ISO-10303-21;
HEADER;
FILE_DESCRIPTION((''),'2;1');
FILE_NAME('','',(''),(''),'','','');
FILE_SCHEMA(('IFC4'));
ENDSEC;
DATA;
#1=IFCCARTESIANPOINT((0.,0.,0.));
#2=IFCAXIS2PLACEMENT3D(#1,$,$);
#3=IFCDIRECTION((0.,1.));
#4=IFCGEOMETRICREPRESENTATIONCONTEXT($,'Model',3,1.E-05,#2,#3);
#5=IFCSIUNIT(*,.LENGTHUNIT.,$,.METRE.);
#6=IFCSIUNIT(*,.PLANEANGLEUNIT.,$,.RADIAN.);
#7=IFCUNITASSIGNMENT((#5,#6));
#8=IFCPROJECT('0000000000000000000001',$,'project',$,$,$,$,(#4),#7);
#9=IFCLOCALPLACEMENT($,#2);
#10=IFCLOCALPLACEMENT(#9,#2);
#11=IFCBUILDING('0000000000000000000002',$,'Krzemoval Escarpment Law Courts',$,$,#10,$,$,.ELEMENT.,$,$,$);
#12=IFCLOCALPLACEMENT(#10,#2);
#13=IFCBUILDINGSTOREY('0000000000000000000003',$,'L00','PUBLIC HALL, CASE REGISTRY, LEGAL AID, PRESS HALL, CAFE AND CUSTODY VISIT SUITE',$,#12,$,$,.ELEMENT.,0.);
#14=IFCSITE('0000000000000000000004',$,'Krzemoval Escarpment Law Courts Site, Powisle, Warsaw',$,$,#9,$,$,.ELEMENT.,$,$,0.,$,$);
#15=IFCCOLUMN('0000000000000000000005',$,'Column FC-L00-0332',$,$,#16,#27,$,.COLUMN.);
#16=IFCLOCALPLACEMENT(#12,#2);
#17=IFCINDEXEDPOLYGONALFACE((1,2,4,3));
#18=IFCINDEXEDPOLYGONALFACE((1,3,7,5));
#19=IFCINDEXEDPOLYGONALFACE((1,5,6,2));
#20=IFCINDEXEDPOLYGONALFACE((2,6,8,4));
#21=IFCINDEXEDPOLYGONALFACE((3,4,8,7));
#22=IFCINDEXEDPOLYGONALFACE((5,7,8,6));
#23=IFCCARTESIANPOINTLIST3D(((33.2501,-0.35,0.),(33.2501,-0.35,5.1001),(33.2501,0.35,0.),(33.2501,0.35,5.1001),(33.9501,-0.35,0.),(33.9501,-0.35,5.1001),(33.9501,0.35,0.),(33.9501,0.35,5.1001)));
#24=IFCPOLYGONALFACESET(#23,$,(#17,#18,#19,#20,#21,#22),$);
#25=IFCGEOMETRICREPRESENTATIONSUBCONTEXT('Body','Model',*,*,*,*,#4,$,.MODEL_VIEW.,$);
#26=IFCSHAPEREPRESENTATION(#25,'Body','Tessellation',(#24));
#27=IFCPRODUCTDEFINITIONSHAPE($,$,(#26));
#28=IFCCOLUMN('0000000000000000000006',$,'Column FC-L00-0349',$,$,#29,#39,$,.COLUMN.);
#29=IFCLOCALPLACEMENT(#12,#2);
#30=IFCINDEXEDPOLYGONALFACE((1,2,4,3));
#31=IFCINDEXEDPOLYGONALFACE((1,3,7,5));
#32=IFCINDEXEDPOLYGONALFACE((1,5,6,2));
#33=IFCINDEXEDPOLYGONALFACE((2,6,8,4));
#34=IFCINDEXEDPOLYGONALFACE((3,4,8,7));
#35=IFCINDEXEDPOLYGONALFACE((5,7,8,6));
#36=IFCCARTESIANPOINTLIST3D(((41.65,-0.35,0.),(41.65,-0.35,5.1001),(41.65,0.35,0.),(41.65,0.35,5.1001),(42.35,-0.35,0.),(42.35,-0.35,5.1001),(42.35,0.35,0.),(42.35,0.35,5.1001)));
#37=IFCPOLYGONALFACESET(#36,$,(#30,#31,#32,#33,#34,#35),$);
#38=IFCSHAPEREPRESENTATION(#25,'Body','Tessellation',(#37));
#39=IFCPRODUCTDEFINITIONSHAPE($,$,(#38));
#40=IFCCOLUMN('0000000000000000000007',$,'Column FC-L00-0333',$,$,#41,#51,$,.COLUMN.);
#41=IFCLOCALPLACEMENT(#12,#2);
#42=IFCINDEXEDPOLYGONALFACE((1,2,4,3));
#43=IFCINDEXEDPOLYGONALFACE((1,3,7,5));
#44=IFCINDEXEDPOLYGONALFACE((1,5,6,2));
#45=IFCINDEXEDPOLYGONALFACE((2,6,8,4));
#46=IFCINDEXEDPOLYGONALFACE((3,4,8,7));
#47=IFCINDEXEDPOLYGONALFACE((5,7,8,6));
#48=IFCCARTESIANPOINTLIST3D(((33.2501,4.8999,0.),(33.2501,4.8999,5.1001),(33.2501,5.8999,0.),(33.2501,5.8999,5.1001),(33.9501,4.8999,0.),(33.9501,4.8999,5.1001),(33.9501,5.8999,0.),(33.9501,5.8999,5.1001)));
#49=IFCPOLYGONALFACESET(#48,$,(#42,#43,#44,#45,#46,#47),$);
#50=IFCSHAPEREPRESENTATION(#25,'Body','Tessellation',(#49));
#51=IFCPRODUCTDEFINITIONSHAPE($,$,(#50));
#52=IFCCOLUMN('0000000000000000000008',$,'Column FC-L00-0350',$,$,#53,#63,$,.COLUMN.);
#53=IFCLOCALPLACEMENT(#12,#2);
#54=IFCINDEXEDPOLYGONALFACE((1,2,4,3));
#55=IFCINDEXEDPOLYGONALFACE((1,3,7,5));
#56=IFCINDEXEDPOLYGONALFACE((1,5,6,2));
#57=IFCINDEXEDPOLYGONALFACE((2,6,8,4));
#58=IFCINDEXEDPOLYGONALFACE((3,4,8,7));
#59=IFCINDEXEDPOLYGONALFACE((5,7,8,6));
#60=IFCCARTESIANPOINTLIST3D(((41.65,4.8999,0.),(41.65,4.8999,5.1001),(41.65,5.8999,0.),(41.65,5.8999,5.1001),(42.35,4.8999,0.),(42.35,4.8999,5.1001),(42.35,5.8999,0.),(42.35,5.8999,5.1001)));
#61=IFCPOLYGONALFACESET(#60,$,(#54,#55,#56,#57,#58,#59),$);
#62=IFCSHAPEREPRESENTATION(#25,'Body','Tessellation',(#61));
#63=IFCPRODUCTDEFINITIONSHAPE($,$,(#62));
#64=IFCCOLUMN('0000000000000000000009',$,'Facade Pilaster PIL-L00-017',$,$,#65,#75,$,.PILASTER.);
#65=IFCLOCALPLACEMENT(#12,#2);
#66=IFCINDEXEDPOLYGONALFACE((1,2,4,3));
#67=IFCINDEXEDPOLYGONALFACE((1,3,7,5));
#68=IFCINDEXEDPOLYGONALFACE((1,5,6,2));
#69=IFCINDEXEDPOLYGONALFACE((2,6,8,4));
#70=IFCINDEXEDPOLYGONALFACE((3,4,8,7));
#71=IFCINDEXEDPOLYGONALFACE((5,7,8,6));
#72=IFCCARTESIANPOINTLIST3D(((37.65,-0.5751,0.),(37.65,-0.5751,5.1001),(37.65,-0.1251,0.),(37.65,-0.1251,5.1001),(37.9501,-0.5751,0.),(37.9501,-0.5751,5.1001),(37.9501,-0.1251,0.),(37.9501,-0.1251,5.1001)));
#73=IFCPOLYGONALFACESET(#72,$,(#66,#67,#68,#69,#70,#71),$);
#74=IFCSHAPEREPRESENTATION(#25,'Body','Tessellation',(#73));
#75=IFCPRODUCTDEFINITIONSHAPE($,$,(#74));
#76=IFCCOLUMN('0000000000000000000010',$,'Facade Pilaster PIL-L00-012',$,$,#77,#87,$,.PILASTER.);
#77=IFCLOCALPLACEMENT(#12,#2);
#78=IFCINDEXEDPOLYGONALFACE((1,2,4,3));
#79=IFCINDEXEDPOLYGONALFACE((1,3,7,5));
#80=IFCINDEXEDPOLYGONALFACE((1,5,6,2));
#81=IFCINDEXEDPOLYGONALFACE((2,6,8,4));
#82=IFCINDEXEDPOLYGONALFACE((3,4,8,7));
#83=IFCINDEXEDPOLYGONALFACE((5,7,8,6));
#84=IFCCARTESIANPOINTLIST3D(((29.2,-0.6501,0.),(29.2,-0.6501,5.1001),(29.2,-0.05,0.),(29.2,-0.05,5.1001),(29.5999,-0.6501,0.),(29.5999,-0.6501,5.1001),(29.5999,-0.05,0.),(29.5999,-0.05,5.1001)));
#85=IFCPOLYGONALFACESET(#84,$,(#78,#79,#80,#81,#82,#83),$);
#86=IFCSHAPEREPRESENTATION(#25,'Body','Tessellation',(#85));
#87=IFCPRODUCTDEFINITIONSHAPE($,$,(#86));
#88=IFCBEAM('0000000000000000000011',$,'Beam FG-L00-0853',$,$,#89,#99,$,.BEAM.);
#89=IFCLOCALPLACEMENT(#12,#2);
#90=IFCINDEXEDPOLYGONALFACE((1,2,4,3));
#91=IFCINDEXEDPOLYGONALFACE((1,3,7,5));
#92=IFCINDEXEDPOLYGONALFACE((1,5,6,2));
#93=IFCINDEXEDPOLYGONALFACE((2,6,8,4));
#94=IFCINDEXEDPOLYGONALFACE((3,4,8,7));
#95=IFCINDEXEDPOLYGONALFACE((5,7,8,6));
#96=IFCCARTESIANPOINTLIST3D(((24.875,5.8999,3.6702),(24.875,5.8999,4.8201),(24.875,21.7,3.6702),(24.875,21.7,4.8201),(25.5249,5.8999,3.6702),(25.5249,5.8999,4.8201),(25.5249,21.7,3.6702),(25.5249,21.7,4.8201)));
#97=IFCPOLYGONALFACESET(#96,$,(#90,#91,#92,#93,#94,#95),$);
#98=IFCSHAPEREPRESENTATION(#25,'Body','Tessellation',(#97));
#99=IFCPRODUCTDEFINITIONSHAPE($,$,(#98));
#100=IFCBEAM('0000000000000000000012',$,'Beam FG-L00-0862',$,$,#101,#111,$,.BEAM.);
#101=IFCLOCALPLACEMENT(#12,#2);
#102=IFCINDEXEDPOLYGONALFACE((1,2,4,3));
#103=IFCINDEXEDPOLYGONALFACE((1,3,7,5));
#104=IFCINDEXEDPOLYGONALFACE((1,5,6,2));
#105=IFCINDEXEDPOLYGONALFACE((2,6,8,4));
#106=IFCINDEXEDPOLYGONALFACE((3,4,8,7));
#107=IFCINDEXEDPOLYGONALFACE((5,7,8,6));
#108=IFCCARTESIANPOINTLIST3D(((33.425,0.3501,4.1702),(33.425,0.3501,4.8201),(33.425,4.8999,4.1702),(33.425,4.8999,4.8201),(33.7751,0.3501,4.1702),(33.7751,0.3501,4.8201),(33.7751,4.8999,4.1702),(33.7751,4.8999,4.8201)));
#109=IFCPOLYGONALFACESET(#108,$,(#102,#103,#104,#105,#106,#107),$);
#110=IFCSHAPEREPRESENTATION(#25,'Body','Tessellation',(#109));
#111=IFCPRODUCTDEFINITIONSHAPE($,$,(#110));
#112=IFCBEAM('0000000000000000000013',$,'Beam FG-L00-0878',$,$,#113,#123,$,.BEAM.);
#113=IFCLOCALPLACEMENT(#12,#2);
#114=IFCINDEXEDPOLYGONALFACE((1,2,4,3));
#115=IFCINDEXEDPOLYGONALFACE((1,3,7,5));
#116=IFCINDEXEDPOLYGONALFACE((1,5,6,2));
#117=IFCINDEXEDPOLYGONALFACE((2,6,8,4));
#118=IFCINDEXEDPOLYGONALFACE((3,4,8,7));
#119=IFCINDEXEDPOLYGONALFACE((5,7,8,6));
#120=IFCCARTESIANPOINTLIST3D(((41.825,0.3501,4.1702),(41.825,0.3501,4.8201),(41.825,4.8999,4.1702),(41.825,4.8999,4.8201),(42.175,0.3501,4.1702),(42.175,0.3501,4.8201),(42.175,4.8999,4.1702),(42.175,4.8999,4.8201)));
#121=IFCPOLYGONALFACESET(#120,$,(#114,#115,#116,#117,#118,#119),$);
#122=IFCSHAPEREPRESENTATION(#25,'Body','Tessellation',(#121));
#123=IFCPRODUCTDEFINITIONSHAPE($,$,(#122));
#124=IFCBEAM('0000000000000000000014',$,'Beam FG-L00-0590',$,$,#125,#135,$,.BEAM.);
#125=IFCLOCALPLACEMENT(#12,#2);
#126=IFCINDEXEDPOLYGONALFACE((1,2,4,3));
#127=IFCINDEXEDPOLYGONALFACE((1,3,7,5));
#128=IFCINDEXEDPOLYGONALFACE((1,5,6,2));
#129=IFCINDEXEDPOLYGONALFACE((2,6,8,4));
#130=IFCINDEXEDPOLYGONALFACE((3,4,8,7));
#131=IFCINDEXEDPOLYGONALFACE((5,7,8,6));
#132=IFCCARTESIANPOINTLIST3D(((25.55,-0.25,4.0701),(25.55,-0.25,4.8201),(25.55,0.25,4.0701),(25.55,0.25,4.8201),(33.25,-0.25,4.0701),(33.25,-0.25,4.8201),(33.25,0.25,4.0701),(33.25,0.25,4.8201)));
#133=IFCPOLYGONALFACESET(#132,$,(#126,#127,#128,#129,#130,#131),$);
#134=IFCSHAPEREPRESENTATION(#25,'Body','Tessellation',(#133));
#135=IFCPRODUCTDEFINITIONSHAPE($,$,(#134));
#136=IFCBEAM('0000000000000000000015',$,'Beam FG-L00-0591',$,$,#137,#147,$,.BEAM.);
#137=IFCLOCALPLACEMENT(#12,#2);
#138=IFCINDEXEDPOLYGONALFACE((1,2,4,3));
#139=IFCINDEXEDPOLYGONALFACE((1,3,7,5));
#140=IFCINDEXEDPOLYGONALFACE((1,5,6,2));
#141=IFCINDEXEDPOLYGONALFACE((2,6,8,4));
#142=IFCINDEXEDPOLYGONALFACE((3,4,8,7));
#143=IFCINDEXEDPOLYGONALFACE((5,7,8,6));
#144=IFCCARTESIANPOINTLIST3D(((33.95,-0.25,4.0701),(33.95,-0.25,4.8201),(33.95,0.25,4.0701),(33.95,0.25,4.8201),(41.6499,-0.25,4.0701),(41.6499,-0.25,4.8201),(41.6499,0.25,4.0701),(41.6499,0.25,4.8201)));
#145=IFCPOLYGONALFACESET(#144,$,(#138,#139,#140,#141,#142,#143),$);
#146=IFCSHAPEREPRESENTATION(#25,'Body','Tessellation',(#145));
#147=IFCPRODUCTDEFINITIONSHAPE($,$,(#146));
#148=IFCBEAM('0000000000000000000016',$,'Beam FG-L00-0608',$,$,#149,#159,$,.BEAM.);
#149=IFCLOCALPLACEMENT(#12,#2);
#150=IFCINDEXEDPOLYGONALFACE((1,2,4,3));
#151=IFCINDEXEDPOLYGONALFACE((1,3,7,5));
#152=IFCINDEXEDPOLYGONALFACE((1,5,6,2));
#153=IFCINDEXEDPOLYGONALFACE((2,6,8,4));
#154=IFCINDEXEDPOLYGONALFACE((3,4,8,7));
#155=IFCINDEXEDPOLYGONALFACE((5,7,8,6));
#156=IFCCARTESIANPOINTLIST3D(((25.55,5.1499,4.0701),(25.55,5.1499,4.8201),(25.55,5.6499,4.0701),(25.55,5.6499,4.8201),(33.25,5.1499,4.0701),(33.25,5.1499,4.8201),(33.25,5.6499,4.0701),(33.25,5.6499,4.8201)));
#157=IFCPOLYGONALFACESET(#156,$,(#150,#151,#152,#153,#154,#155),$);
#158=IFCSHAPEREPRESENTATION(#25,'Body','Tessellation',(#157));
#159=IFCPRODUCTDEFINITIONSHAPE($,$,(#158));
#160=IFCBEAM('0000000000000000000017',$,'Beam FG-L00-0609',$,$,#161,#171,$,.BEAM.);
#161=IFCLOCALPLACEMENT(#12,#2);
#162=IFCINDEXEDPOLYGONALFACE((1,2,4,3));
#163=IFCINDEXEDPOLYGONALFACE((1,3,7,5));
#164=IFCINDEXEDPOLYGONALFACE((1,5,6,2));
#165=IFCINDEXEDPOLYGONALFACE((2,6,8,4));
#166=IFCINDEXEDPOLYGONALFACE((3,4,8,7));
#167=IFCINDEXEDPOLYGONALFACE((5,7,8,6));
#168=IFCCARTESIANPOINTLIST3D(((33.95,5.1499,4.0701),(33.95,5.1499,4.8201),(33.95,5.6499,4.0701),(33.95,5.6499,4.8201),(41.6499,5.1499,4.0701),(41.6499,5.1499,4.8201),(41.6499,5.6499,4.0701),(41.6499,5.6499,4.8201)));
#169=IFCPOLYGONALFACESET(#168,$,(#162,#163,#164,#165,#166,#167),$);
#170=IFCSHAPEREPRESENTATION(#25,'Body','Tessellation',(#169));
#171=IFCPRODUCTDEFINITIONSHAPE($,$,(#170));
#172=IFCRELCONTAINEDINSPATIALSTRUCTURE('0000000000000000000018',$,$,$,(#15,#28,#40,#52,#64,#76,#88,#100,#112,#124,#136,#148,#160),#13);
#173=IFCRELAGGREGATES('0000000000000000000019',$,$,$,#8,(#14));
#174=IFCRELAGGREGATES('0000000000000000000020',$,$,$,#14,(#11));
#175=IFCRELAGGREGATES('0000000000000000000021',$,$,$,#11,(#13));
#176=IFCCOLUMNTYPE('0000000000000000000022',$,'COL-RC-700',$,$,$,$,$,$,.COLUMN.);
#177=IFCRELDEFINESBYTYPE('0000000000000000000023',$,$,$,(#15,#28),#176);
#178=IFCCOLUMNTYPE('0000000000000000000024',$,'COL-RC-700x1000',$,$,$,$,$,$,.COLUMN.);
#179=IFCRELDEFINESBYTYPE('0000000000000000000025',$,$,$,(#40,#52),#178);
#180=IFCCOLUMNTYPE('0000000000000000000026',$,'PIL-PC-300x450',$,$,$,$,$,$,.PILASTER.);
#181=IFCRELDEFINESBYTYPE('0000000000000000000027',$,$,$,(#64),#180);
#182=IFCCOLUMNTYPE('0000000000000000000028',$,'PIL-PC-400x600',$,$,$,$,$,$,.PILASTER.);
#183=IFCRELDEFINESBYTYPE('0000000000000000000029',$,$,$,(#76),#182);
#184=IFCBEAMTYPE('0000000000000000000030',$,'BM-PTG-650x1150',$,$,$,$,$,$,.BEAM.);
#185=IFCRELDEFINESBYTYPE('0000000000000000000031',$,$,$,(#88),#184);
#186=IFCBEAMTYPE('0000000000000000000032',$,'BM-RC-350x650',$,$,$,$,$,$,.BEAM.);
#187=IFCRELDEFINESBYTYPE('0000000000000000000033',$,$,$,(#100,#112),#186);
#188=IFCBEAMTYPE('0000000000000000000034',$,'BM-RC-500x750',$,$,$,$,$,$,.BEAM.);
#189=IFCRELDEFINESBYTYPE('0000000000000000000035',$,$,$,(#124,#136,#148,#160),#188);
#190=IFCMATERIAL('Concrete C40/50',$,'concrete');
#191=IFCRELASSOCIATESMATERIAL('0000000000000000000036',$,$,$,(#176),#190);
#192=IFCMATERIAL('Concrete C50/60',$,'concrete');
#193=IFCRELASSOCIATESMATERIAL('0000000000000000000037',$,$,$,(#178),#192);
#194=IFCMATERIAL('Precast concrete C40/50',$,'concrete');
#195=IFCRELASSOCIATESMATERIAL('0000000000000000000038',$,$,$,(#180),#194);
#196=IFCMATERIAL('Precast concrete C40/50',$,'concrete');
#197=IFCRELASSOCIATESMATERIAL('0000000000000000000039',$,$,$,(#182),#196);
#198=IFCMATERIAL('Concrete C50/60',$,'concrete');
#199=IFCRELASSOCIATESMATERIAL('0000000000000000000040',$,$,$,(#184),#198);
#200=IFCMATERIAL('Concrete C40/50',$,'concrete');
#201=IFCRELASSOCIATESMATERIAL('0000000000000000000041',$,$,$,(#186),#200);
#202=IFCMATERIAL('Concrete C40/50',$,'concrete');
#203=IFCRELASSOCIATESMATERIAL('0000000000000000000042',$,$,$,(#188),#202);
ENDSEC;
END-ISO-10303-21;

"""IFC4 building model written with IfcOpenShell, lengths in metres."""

from ifc_helpers import new_model, si_unit, direction, frame, origin, origin_2d, place, context, subcontext, project, spatial, rectangle, extrude, material, material_profile, profile_set, type_object, element, save


model = new_model("IFC4")

# Units and contexts
model_context = context("Model", 3, precision=1e-05, world=origin(), true_north=direction((0.0, 1.0)))
body_context = subcontext(model_context, "Body", "Model", "MODEL_VIEW")
ifc_project = project(units=[si_unit("LENGTHUNIT", "METRE"), si_unit("PLANEANGLEUNIT", "RADIAN")], contexts=[model_context])

# Site, building, storey
site_placement = place(None, origin())
site = spatial("IfcSite", under=ifc_project, at=site_placement, Name="Krzemoval Escarpment Law Courts Site, Powisle, Warsaw", CompositionType="ELEMENT", RefElevation=0.0)
building_placement = place(site_placement, origin())
building = spatial("IfcBuilding", under=site, at=building_placement, Name="Krzemoval Escarpment Law Courts", CompositionType="ELEMENT")
storey_placement = place(building_placement, origin())
storey = spatial("IfcBuildingStorey", under=building, at=storey_placement, Name="L00", Description="PUBLIC HALL, CASE REGISTRY, LEGAL AID, PRESS HALL, CAFE AND CUSTODY VISIT SUITE", CompositionType="ELEMENT", Elevation=0.0)

# Columns
ifc_material_1 = material(Name="Concrete C40/50", Category="concrete")
ifc_material_profile_1 = material_profile(ifc_material_1, rectangle(XDim=0.7, YDim=0.7, at=origin_2d()), Name="RC 700x700")
ifc_profile_set_1 = profile_set([ifc_material_profile_1], Name="Concrete C40/50")
column_type_1 = type_object("IfcColumnType", Name="COL-RC-700", PredefinedType="COLUMN", material=ifc_profile_set_1)
for number, where, z_axis, x_axis, name in (
    (1, (33.6001, 0.0, 0.0), (0.0, 0.0, 1.0), (1.0, 0.0, 0.0), "Column FC-L00-0332"),
    (2, (42.0, 0.0, 0.0), (0.0, 0.0, 1.0), (1.0, 0.0, 0.0), "Column FC-L00-0349"),
):
    element("IfcColumn", number, at=place(storey_placement, frame(where, z_axis=z_axis, x_axis=x_axis)), inside=storey, type_object=column_type_1, Name=name, PredefinedType="COLUMN", context=body_context, shape_type="SweptSolid", body=[
        extrude(rectangle(XDim=0.7, YDim=0.7, at=origin_2d()), origin(), (0.0, 0.0, 1.0), 5.1001),
    ])
ifc_material_2 = material(Name="Concrete C50/60", Category="concrete")
ifc_material_profile_2 = material_profile(ifc_material_2, rectangle(XDim=0.7, YDim=1.0, at=origin_2d()), Name="RC 700x1000")
ifc_profile_set_2 = profile_set([ifc_material_profile_2], Name="Concrete C50/60")
column_type_2 = type_object("IfcColumnType", Name="COL-RC-700x1000", PredefinedType="COLUMN", material=ifc_profile_set_2)
for number, where, z_axis, x_axis, name in (
    (3, (33.6001, 5.3999, 0.0), (0.0, 0.0, 1.0), (1.0, 0.0, 0.0), "Column FC-L00-0333"),
    (4, (42.0, 5.3999, 0.0), (0.0, 0.0, 1.0), (1.0, 0.0, 0.0), "Column FC-L00-0350"),
):
    element("IfcColumn", number, at=place(storey_placement, frame(where, z_axis=z_axis, x_axis=x_axis)), inside=storey, type_object=column_type_2, Name=name, PredefinedType="COLUMN", context=body_context, shape_type="SweptSolid", body=[
        extrude(rectangle(XDim=0.7, YDim=1.0, at=origin_2d()), origin(), (0.0, 0.0, 1.0), 5.1001),
    ])
ifc_material_3 = material(Name="Precast concrete C40/50", Category="concrete")
ifc_material_profile_3 = material_profile(ifc_material_3, rectangle(XDim=0.3, YDim=0.45, at=origin_2d()), Name="PIL 300x450")
ifc_profile_set_3 = profile_set([ifc_material_profile_3], Name="Precast concrete C40/50")
column_type_3 = type_object("IfcColumnType", Name="PIL-PC-300x450", PredefinedType="PILASTER", material=ifc_profile_set_3)
column_1_placement = place(storey_placement, frame((37.8, -0.3501, 0.0), z_axis=(0.0, 0.0, 1.0), x_axis=(1.0, 0.0, 0.0)))
element("IfcColumn", 5, at=column_1_placement, inside=storey, type_object=column_type_3, Name="Facade Pilaster PIL-L00-017", PredefinedType="PILASTER", context=body_context, shape_type="SweptSolid", body=[
    extrude(rectangle(XDim=0.3, YDim=0.45, at=origin_2d()), origin(), (0.0, 0.0, 1.0), 5.1001),
])
ifc_material_4 = material(Name="Precast concrete C40/50", Category="concrete")
ifc_material_profile_4 = material_profile(ifc_material_4, rectangle(XDim=0.3999, YDim=0.6001, at=origin_2d()), Name="PIL 400x600")
ifc_profile_set_4 = profile_set([ifc_material_profile_4], Name="Precast concrete C40/50")
column_type_4 = type_object("IfcColumnType", Name="PIL-PC-400x600", PredefinedType="PILASTER", material=ifc_profile_set_4)
column_2_placement = place(storey_placement, frame((29.3999, -0.3501, 0.0), z_axis=(0.0, 0.0, 1.0), x_axis=(1.0, 0.0, 0.0)))
element("IfcColumn", 6, at=column_2_placement, inside=storey, type_object=column_type_4, Name="Facade Pilaster PIL-L00-012", PredefinedType="PILASTER", context=body_context, shape_type="SweptSolid", body=[
    extrude(rectangle(XDim=0.3999, YDim=0.6001, at=origin_2d()), origin(), (0.0, 0.0, 1.0), 5.1001),
])

# Beams
ifc_material_5 = material(Name="Concrete C50/60", Category="concrete")
ifc_material_profile_5 = material_profile(ifc_material_5, rectangle(XDim=0.6499, YDim=1.1499, at=origin_2d()), Name="PTG 650x1150")
ifc_profile_set_5 = profile_set([ifc_material_profile_5], Name="Concrete C50/60")
beam_type_1 = type_object("IfcBeamType", Name="BM-PTG-650x1150", PredefinedType="BEAM", material=ifc_profile_set_5)
beam_placement = place(storey_placement, frame((25.2, 5.8999, 4.2451), z_axis=(0.0, 1.0, 0.0), x_axis=(-1.0, 0.0, 0.0)))
element("IfcBeam", 7, at=beam_placement, inside=storey, type_object=beam_type_1, Name="Beam FG-L00-0853", PredefinedType="BEAM", context=body_context, shape_type="SweptSolid", body=[
    extrude(rectangle(XDim=0.6499, YDim=1.1499, at=origin_2d()), origin(), (0.0, 0.0, 1.0), 15.8),
])
ifc_material_6 = material(Name="Concrete C40/50", Category="concrete")
ifc_material_profile_6 = material_profile(ifc_material_6, rectangle(XDim=0.3501, YDim=0.6499, at=origin_2d()), Name="RCB 350x650")
ifc_profile_set_6 = profile_set([ifc_material_profile_6], Name="Concrete C40/50")
beam_type_2 = type_object("IfcBeamType", Name="BM-RC-350x650", PredefinedType="BEAM", material=ifc_profile_set_6)
for number, where, z_axis, x_axis, name in (
    (8, (33.6001, 0.3501, 4.4951), (0.0, 1.0, 0.0), (-1.0, 0.0, 0.0), "Beam FG-L00-0862"),
    (9, (42.0, 0.3501, 4.4951), (0.0, 1.0, 0.0), (-1.0, 0.0, 0.0), "Beam FG-L00-0878"),
):
    element("IfcBeam", number, at=place(storey_placement, frame(where, z_axis=z_axis, x_axis=x_axis)), inside=storey, type_object=beam_type_2, Name=name, PredefinedType="BEAM", context=body_context, shape_type="SweptSolid", body=[
        extrude(rectangle(XDim=0.3501, YDim=0.6499, at=origin_2d()), origin(), (0.0, 0.0, 1.0), 4.5498),
    ])
ifc_material_7 = material(Name="Concrete C40/50", Category="concrete")
ifc_material_profile_7 = material_profile(ifc_material_7, rectangle(XDim=0.5, YDim=0.75, at=origin_2d()), Name="RCB 500x750")
ifc_profile_set_7 = profile_set([ifc_material_profile_7], Name="Concrete C40/50")
beam_type_3 = type_object("IfcBeamType", Name="BM-RC-500x750", PredefinedType="BEAM", material=ifc_profile_set_7)
for number, where, z_axis, x_axis, name in (
    (10, (25.55, 0.0, 4.4451), (1.0, 0.0, 0.0), (0.0, 1.0, 0.0), "Beam FG-L00-0590"),
    (11, (33.95, 0.0, 4.4451), (1.0, 0.0, 0.0), (0.0, 1.0, 0.0), "Beam FG-L00-0591"),
    (12, (25.55, 5.3999, 4.4451), (1.0, 0.0, 0.0), (0.0, 1.0, 0.0), "Beam FG-L00-0608"),
    (13, (33.95, 5.3999, 4.4451), (1.0, 0.0, 0.0), (0.0, 1.0, 0.0), "Beam FG-L00-0609"),
):
    element("IfcBeam", number, at=place(storey_placement, frame(where, z_axis=z_axis, x_axis=x_axis)), inside=storey, type_object=beam_type_3, Name=name, PredefinedType="BEAM", context=body_context, shape_type="SweptSolid", body=[
        extrude(rectangle(XDim=0.5, YDim=0.75, at=origin_2d()), origin(), (0.0, 0.0, 1.0), 7.7),
    ])

save(model, "model.ifc")
